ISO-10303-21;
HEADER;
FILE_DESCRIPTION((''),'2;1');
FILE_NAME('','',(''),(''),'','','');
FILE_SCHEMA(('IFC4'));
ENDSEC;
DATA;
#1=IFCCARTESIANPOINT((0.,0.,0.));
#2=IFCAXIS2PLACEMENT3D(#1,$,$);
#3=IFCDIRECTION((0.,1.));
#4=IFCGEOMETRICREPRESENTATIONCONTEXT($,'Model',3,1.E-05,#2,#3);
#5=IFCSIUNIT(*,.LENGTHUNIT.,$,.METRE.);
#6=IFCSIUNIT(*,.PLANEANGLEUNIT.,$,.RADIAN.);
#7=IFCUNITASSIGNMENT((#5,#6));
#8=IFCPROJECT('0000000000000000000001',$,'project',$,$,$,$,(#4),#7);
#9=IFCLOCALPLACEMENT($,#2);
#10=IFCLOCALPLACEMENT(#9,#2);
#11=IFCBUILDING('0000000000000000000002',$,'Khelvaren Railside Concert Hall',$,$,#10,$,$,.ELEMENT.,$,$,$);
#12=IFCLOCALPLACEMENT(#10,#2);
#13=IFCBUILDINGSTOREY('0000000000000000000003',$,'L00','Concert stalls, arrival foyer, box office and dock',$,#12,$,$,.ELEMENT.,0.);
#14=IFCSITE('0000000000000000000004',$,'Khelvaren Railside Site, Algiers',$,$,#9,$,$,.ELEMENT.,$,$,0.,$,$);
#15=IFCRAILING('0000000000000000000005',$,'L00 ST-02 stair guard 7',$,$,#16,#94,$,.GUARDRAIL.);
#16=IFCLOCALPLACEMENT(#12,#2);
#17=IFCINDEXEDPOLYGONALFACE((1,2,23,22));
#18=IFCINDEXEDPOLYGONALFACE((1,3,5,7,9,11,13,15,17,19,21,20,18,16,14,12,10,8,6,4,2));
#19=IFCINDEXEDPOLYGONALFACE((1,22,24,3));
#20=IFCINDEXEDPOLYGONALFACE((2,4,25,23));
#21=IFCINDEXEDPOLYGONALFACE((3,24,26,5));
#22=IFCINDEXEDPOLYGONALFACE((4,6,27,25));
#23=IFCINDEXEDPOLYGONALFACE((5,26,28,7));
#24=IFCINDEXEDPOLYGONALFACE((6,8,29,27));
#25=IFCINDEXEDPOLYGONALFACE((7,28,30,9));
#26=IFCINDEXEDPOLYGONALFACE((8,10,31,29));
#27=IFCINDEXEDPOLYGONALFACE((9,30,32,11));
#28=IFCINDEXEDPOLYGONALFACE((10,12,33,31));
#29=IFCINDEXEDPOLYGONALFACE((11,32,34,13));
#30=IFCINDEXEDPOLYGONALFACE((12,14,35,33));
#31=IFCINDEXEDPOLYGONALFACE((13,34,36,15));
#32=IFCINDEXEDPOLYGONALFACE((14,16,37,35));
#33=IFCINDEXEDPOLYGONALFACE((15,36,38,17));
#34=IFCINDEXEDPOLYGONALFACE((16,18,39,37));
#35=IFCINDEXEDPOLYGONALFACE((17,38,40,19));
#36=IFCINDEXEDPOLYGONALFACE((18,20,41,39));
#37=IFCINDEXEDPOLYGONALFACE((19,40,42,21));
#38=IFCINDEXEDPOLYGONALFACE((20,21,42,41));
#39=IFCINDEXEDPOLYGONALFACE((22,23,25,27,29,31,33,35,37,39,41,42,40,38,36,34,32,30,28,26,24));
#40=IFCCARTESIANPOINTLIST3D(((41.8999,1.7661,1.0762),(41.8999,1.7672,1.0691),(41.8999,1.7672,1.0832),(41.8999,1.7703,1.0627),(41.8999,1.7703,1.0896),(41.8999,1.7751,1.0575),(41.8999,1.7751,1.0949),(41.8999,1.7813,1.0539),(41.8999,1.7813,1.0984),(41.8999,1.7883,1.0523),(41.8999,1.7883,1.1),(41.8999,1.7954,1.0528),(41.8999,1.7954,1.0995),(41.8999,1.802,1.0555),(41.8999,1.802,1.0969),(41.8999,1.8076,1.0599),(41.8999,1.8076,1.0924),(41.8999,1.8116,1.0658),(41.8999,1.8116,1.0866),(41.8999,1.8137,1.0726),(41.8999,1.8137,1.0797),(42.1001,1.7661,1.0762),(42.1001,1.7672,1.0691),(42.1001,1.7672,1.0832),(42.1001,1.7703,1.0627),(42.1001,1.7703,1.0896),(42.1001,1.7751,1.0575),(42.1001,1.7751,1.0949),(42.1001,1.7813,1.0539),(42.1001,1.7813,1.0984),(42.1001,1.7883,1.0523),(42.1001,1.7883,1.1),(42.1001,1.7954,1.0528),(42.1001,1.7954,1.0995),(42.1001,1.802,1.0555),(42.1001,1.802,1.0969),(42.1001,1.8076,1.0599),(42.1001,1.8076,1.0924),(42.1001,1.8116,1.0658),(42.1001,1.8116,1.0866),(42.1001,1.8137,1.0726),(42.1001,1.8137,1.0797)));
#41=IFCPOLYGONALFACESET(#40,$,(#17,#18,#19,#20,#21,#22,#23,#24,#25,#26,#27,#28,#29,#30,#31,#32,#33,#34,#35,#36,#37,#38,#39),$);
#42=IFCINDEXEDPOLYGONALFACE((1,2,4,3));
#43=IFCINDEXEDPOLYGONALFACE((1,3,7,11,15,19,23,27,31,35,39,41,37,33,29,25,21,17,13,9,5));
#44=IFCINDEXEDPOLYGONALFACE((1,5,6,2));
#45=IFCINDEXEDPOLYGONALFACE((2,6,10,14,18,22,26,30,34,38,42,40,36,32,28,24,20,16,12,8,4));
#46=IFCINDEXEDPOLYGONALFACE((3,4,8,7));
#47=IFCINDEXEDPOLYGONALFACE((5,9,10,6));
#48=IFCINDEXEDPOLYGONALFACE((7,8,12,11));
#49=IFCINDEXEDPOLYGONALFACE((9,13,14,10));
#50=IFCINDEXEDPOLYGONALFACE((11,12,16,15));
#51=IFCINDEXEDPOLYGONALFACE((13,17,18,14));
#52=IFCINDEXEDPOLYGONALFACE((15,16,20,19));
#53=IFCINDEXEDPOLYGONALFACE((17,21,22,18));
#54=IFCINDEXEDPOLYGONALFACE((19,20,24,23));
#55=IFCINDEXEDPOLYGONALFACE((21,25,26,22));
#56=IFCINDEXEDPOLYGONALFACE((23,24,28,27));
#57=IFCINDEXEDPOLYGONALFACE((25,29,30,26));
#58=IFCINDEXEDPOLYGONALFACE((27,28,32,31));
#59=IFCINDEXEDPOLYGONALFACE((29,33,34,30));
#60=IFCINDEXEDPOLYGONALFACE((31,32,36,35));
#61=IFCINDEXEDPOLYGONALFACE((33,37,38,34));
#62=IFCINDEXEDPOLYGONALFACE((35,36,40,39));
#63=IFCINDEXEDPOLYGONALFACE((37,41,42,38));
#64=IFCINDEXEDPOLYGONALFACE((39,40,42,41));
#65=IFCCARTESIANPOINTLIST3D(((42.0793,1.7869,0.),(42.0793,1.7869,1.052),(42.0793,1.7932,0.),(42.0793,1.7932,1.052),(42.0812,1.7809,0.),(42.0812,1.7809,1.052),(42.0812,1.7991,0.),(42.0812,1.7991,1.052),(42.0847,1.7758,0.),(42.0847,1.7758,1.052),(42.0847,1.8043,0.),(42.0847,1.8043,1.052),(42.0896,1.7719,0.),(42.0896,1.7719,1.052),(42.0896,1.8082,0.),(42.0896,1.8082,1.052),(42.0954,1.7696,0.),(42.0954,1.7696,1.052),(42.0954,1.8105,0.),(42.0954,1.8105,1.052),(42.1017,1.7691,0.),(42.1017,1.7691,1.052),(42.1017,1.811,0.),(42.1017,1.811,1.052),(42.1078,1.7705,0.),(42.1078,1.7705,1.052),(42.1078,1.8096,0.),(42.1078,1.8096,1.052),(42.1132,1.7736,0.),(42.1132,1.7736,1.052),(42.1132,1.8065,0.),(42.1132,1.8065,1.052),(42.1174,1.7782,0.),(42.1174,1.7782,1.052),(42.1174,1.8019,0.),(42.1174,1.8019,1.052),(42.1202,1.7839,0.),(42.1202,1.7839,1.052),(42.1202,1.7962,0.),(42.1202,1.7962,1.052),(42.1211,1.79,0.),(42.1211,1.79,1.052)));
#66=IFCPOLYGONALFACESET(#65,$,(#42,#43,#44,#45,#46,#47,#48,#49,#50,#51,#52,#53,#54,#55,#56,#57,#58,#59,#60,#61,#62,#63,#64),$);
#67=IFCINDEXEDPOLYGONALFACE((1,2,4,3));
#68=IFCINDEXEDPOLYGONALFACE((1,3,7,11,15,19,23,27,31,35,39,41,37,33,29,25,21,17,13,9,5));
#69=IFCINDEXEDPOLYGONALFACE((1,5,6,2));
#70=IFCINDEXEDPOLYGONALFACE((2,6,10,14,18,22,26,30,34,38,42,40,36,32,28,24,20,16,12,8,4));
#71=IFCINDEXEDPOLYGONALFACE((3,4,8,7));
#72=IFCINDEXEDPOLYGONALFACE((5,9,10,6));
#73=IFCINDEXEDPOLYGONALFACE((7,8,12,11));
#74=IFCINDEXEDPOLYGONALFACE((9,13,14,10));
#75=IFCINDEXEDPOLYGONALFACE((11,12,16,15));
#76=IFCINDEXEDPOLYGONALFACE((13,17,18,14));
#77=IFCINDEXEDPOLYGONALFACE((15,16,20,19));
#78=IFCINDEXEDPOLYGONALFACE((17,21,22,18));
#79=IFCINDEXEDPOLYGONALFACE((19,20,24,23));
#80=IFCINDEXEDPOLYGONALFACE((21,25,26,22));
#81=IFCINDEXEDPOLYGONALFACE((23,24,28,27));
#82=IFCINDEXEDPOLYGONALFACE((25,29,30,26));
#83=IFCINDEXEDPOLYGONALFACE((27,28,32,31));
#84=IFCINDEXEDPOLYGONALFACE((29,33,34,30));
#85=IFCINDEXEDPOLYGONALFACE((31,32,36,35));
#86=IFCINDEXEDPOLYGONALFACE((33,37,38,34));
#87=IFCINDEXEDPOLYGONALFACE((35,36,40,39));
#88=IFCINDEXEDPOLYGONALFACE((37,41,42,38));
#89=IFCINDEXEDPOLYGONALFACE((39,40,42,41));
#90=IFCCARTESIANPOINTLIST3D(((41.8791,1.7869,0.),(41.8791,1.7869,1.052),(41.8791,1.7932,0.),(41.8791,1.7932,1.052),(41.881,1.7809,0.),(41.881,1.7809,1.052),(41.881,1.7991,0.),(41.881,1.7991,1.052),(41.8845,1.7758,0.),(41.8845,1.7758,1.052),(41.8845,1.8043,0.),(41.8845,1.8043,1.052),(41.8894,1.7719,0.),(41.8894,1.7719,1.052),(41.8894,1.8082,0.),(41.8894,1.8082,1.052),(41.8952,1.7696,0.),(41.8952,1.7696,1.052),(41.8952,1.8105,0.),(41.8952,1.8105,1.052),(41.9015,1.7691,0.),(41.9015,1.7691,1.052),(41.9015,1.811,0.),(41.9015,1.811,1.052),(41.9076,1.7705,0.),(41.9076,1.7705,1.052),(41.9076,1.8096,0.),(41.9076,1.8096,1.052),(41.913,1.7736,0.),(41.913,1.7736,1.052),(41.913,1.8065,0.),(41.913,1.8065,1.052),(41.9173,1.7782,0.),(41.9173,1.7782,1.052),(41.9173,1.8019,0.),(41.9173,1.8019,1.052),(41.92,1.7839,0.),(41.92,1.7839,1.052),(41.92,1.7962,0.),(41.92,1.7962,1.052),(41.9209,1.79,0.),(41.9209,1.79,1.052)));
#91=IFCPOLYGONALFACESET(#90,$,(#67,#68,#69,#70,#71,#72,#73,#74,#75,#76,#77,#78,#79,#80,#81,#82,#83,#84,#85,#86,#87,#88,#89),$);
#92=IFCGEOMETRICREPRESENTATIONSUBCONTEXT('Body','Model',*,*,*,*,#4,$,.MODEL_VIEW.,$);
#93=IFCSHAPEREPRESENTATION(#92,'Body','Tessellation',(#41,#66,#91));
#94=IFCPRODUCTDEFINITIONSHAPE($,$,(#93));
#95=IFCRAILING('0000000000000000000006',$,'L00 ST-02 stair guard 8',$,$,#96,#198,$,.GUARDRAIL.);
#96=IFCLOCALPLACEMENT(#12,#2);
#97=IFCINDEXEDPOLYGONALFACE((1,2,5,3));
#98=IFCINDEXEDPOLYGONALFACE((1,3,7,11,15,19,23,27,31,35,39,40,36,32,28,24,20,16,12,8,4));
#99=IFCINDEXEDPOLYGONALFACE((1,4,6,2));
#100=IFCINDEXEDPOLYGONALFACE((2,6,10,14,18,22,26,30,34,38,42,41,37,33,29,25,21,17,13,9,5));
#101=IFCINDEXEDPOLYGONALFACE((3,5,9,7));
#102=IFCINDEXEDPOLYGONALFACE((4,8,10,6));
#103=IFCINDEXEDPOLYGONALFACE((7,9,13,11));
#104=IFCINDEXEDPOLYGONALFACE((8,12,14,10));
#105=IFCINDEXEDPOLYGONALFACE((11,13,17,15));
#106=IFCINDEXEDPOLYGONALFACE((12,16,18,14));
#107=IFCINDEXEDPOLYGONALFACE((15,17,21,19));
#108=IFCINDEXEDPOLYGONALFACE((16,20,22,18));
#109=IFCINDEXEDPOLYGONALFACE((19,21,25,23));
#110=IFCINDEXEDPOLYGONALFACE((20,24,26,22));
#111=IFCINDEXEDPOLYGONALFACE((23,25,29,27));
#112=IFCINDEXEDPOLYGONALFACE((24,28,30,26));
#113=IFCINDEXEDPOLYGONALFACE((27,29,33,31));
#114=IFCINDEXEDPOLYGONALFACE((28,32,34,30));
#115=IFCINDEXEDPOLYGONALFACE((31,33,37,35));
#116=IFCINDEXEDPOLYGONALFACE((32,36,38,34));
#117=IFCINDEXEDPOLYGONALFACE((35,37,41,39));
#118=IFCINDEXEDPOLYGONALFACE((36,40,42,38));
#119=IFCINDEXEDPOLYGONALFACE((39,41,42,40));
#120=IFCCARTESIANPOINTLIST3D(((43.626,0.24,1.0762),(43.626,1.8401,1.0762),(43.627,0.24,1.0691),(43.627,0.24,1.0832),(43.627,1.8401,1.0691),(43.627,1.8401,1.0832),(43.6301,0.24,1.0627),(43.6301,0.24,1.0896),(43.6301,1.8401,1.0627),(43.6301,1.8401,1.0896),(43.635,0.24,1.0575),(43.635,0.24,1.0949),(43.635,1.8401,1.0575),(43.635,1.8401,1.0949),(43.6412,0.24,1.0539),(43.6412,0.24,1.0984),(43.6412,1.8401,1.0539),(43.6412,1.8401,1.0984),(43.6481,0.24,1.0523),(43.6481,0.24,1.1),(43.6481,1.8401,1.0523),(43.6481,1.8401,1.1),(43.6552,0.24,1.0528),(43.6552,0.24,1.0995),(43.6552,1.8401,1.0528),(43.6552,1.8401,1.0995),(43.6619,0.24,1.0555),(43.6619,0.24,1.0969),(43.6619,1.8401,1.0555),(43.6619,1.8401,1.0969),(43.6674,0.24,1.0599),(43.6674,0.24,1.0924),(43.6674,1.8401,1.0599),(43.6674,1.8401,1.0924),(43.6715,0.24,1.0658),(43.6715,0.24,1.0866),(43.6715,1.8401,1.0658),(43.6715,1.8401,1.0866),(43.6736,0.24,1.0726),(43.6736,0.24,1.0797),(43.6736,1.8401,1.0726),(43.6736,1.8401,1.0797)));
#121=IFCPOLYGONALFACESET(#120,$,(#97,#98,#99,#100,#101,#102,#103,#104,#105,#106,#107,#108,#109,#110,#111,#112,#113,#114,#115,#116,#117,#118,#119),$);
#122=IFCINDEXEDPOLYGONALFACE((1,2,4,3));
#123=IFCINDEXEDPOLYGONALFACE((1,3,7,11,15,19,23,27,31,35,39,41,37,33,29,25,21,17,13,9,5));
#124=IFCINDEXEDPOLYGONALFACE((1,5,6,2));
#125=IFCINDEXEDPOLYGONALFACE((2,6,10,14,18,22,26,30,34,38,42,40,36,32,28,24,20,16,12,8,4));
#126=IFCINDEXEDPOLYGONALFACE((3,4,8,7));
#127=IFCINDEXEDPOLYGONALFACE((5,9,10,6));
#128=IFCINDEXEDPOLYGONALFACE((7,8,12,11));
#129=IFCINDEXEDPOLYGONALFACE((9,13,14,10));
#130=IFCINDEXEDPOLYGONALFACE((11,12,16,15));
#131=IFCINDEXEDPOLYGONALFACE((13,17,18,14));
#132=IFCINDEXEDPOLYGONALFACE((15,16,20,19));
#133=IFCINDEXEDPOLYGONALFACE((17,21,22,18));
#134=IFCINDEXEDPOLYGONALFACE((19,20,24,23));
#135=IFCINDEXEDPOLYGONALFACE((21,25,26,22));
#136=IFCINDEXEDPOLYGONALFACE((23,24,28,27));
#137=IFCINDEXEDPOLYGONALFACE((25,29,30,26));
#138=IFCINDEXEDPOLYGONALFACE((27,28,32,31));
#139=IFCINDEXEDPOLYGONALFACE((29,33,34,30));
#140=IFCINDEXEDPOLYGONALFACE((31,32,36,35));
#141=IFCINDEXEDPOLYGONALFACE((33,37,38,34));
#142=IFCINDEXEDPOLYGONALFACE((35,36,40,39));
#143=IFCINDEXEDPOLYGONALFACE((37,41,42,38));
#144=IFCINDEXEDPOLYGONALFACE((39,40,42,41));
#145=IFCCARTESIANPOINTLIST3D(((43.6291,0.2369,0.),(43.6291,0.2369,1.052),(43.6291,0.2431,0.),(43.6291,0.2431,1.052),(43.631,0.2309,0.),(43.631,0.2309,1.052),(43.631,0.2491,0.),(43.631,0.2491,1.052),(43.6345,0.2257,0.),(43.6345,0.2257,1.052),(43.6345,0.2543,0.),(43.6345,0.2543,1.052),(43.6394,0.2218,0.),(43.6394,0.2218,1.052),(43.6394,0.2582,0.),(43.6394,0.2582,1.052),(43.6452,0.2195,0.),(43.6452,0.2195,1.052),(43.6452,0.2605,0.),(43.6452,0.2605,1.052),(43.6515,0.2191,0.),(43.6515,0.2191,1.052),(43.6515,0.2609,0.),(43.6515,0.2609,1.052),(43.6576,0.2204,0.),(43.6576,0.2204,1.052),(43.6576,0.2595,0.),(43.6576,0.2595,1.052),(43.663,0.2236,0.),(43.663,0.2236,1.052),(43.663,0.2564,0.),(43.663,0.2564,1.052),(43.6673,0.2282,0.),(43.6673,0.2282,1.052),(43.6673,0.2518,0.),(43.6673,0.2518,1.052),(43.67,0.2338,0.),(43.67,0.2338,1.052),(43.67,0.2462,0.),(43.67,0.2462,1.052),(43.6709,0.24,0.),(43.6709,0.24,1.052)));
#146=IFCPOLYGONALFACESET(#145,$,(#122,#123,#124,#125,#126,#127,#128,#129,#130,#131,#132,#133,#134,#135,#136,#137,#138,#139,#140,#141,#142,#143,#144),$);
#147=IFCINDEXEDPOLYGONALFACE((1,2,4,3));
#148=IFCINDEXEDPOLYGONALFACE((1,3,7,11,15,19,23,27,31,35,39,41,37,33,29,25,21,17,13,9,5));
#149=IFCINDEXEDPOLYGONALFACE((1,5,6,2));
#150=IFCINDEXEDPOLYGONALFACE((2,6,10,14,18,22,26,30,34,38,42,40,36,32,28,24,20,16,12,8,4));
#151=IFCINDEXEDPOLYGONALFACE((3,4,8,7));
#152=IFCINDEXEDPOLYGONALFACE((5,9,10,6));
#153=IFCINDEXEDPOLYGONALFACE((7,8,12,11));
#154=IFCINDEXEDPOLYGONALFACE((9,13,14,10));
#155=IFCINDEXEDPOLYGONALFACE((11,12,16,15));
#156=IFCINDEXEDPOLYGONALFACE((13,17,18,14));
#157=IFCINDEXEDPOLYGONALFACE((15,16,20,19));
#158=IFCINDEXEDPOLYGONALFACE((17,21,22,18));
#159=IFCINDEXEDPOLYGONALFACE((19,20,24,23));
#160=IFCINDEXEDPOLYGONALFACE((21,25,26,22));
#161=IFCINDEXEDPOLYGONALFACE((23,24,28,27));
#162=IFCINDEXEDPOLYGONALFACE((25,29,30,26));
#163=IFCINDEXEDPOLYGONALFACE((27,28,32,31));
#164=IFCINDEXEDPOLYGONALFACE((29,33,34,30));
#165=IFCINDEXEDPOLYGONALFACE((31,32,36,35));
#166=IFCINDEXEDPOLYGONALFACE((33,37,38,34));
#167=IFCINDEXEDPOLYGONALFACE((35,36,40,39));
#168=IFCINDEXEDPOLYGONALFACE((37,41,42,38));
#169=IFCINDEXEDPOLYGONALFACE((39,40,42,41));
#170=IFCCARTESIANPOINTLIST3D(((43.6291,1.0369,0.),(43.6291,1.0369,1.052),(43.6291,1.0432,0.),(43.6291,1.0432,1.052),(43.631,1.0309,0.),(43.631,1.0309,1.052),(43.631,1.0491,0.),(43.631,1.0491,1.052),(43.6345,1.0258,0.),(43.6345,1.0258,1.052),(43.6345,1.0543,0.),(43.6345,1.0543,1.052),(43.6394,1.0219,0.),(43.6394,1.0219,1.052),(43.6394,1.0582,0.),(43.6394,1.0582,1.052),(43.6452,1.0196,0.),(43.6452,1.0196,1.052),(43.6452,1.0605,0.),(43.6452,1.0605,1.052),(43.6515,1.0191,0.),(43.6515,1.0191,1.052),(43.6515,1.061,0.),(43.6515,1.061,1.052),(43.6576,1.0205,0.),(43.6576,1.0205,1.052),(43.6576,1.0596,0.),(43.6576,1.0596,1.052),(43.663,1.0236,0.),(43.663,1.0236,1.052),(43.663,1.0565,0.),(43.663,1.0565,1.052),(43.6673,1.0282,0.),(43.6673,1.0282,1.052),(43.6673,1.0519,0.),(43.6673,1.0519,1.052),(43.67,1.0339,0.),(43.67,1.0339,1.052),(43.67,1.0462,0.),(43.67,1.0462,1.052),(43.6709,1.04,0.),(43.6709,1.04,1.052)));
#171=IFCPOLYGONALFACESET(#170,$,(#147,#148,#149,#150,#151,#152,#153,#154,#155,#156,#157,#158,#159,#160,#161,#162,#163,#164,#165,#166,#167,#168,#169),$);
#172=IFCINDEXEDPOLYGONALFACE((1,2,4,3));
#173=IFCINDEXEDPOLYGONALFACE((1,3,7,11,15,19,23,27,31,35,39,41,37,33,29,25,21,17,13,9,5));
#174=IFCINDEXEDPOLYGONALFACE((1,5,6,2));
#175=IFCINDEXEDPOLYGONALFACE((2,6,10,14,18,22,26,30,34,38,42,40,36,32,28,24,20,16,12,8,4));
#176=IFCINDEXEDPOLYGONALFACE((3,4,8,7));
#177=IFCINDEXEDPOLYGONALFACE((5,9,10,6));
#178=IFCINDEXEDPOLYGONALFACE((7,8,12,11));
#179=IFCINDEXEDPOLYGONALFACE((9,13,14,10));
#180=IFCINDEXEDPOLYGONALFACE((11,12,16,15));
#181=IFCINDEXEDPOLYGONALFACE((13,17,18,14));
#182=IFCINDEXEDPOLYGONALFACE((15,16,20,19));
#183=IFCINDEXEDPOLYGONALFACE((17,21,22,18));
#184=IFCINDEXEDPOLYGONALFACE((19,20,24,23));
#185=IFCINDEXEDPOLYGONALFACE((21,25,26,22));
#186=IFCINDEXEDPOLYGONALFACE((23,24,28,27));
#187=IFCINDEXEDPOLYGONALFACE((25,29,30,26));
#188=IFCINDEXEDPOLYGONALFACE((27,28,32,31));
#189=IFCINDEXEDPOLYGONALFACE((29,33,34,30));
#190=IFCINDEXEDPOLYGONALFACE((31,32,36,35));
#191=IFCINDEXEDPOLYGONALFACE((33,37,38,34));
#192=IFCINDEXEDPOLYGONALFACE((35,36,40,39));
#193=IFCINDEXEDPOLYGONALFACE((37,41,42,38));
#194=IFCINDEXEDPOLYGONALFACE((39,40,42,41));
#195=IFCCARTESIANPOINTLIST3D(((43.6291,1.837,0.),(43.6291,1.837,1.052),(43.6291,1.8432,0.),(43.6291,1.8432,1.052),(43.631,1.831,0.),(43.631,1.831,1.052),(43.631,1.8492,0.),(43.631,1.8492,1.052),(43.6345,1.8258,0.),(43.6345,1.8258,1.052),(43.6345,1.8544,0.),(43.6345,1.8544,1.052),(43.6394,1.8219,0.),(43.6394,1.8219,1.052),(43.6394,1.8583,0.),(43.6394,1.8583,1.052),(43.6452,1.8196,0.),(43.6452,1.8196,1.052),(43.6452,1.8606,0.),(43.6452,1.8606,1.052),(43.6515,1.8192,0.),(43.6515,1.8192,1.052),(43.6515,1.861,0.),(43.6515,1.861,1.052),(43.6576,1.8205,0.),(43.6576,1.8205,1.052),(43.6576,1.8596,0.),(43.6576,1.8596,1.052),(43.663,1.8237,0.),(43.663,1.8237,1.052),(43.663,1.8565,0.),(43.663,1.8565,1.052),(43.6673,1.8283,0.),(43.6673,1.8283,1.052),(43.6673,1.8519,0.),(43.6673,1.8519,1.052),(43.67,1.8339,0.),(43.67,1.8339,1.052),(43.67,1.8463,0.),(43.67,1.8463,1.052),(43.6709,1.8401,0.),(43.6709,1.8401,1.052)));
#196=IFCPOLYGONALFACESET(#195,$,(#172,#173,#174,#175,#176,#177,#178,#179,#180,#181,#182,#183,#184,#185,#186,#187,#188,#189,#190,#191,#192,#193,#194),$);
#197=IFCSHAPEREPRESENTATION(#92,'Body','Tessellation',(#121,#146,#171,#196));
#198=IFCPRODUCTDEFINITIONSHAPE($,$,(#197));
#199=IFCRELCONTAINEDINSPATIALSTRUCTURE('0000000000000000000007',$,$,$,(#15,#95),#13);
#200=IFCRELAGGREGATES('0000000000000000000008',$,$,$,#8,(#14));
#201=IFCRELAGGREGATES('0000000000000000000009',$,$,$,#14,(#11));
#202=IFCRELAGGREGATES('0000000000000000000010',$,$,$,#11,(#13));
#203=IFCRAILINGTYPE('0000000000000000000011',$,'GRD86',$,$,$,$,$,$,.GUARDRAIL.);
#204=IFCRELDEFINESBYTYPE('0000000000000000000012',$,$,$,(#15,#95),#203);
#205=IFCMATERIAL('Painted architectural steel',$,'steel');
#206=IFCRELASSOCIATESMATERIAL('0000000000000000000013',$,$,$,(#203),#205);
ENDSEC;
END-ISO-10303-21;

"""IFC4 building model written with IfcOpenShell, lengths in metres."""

from ifc_helpers import new_model, si_unit, direction, frame, origin, origin_2d, place, context, subcontext, project, spatial, circle, extrude, material, type_object, element, save


model = new_model("IFC4")

# Units and contexts
model_context = context("Model", 3, precision=1e-05, world=origin(), true_north=direction((0.0, 1.0)))
body_context = subcontext(model_context, "Body", "Model", "MODEL_VIEW")
ifc_project = project(units=[si_unit("LENGTHUNIT", "METRE"), si_unit("PLANEANGLEUNIT", "RADIAN")], contexts=[model_context])

# Site, building, storey
site_placement = place(None, origin())
site = spatial("IfcSite", under=ifc_project, at=site_placement, Name="Khelvaren Railside Site, Algiers", CompositionType="ELEMENT", RefElevation=0.0)
building_placement = place(site_placement, origin())
building = spatial("IfcBuilding", under=site, at=building_placement, Name="Khelvaren Railside Concert Hall", CompositionType="ELEMENT")
storey_placement = place(building_placement, origin())
storey = spatial("IfcBuildingStorey", under=building, at=storey_placement, Name="L00", Description="Concert stalls, arrival foyer, box office and dock", CompositionType="ELEMENT", Elevation=0.0)

# Railings
ifc_material_1 = material(Name="Painted architectural steel", Category="steel")
railing_type_1 = type_object("IfcRailingType", Name="GRD86", PredefinedType="GUARDRAIL", material=ifc_material_1)
railing_1_placement = place(storey_placement, frame((42.1001, 1.79, 0.0)))
element("IfcRailing", 1, at=railing_1_placement, inside=storey, type_object=railing_type_1, Name="L00 ST-02 stair guard 7", PredefinedType="GUARDRAIL", context=body_context, shape_type="SweptSolid", body=[
    extrude(circle(Radius=0.0239, at=origin_2d()), frame((0.0, 0.0, 1.0762), z_axis=(-1.0, 0.0, 0.0), x_axis=(0.0, -1.0, 0.0)), (0.0, 0.0, 1.0), 0.2002),
    extrude(circle(Radius=0.021, at=origin_2d()), origin(), (0.0, 0.0, 1.0), 1.052),
    extrude(circle(Radius=0.021, at=origin_2d()), frame((-0.2002, 0.0, 0.0)), (0.0, 0.0, 1.0), 1.052),
])
for number, where, name in (
    (2, (43.6499, 0.24, 0.0), "L00 ST-02 stair guard 8"),
):
    element("IfcRailing", number, at=place(storey_placement, frame(where)), inside=storey, type_object=railing_type_1, Name=name, PredefinedType="GUARDRAIL", context=body_context, shape_type="SweptSolid", body=[
        extrude(circle(Radius=0.0239, at=origin_2d()), frame((0.0, 0.0, 1.0762), z_axis=(0.0, 1.0, 0.0), x_axis=(-1.0, 0.0, 0.0)), (0.0, 0.0, 1.0), 1.6001),
        extrude(circle(Radius=0.021, at=origin_2d()), origin(), (0.0, 0.0, 1.0), 1.052),
        extrude(circle(Radius=0.021, at=origin_2d()), frame((0.0, 0.8, 0.0)), (0.0, 0.0, 1.0), 1.052),
        extrude(circle(Radius=0.021, at=origin_2d()), frame((0.0, 1.6001, 0.0)), (0.0, 0.0, 1.0), 1.052),
    ])

save(model, "model.ifc")
